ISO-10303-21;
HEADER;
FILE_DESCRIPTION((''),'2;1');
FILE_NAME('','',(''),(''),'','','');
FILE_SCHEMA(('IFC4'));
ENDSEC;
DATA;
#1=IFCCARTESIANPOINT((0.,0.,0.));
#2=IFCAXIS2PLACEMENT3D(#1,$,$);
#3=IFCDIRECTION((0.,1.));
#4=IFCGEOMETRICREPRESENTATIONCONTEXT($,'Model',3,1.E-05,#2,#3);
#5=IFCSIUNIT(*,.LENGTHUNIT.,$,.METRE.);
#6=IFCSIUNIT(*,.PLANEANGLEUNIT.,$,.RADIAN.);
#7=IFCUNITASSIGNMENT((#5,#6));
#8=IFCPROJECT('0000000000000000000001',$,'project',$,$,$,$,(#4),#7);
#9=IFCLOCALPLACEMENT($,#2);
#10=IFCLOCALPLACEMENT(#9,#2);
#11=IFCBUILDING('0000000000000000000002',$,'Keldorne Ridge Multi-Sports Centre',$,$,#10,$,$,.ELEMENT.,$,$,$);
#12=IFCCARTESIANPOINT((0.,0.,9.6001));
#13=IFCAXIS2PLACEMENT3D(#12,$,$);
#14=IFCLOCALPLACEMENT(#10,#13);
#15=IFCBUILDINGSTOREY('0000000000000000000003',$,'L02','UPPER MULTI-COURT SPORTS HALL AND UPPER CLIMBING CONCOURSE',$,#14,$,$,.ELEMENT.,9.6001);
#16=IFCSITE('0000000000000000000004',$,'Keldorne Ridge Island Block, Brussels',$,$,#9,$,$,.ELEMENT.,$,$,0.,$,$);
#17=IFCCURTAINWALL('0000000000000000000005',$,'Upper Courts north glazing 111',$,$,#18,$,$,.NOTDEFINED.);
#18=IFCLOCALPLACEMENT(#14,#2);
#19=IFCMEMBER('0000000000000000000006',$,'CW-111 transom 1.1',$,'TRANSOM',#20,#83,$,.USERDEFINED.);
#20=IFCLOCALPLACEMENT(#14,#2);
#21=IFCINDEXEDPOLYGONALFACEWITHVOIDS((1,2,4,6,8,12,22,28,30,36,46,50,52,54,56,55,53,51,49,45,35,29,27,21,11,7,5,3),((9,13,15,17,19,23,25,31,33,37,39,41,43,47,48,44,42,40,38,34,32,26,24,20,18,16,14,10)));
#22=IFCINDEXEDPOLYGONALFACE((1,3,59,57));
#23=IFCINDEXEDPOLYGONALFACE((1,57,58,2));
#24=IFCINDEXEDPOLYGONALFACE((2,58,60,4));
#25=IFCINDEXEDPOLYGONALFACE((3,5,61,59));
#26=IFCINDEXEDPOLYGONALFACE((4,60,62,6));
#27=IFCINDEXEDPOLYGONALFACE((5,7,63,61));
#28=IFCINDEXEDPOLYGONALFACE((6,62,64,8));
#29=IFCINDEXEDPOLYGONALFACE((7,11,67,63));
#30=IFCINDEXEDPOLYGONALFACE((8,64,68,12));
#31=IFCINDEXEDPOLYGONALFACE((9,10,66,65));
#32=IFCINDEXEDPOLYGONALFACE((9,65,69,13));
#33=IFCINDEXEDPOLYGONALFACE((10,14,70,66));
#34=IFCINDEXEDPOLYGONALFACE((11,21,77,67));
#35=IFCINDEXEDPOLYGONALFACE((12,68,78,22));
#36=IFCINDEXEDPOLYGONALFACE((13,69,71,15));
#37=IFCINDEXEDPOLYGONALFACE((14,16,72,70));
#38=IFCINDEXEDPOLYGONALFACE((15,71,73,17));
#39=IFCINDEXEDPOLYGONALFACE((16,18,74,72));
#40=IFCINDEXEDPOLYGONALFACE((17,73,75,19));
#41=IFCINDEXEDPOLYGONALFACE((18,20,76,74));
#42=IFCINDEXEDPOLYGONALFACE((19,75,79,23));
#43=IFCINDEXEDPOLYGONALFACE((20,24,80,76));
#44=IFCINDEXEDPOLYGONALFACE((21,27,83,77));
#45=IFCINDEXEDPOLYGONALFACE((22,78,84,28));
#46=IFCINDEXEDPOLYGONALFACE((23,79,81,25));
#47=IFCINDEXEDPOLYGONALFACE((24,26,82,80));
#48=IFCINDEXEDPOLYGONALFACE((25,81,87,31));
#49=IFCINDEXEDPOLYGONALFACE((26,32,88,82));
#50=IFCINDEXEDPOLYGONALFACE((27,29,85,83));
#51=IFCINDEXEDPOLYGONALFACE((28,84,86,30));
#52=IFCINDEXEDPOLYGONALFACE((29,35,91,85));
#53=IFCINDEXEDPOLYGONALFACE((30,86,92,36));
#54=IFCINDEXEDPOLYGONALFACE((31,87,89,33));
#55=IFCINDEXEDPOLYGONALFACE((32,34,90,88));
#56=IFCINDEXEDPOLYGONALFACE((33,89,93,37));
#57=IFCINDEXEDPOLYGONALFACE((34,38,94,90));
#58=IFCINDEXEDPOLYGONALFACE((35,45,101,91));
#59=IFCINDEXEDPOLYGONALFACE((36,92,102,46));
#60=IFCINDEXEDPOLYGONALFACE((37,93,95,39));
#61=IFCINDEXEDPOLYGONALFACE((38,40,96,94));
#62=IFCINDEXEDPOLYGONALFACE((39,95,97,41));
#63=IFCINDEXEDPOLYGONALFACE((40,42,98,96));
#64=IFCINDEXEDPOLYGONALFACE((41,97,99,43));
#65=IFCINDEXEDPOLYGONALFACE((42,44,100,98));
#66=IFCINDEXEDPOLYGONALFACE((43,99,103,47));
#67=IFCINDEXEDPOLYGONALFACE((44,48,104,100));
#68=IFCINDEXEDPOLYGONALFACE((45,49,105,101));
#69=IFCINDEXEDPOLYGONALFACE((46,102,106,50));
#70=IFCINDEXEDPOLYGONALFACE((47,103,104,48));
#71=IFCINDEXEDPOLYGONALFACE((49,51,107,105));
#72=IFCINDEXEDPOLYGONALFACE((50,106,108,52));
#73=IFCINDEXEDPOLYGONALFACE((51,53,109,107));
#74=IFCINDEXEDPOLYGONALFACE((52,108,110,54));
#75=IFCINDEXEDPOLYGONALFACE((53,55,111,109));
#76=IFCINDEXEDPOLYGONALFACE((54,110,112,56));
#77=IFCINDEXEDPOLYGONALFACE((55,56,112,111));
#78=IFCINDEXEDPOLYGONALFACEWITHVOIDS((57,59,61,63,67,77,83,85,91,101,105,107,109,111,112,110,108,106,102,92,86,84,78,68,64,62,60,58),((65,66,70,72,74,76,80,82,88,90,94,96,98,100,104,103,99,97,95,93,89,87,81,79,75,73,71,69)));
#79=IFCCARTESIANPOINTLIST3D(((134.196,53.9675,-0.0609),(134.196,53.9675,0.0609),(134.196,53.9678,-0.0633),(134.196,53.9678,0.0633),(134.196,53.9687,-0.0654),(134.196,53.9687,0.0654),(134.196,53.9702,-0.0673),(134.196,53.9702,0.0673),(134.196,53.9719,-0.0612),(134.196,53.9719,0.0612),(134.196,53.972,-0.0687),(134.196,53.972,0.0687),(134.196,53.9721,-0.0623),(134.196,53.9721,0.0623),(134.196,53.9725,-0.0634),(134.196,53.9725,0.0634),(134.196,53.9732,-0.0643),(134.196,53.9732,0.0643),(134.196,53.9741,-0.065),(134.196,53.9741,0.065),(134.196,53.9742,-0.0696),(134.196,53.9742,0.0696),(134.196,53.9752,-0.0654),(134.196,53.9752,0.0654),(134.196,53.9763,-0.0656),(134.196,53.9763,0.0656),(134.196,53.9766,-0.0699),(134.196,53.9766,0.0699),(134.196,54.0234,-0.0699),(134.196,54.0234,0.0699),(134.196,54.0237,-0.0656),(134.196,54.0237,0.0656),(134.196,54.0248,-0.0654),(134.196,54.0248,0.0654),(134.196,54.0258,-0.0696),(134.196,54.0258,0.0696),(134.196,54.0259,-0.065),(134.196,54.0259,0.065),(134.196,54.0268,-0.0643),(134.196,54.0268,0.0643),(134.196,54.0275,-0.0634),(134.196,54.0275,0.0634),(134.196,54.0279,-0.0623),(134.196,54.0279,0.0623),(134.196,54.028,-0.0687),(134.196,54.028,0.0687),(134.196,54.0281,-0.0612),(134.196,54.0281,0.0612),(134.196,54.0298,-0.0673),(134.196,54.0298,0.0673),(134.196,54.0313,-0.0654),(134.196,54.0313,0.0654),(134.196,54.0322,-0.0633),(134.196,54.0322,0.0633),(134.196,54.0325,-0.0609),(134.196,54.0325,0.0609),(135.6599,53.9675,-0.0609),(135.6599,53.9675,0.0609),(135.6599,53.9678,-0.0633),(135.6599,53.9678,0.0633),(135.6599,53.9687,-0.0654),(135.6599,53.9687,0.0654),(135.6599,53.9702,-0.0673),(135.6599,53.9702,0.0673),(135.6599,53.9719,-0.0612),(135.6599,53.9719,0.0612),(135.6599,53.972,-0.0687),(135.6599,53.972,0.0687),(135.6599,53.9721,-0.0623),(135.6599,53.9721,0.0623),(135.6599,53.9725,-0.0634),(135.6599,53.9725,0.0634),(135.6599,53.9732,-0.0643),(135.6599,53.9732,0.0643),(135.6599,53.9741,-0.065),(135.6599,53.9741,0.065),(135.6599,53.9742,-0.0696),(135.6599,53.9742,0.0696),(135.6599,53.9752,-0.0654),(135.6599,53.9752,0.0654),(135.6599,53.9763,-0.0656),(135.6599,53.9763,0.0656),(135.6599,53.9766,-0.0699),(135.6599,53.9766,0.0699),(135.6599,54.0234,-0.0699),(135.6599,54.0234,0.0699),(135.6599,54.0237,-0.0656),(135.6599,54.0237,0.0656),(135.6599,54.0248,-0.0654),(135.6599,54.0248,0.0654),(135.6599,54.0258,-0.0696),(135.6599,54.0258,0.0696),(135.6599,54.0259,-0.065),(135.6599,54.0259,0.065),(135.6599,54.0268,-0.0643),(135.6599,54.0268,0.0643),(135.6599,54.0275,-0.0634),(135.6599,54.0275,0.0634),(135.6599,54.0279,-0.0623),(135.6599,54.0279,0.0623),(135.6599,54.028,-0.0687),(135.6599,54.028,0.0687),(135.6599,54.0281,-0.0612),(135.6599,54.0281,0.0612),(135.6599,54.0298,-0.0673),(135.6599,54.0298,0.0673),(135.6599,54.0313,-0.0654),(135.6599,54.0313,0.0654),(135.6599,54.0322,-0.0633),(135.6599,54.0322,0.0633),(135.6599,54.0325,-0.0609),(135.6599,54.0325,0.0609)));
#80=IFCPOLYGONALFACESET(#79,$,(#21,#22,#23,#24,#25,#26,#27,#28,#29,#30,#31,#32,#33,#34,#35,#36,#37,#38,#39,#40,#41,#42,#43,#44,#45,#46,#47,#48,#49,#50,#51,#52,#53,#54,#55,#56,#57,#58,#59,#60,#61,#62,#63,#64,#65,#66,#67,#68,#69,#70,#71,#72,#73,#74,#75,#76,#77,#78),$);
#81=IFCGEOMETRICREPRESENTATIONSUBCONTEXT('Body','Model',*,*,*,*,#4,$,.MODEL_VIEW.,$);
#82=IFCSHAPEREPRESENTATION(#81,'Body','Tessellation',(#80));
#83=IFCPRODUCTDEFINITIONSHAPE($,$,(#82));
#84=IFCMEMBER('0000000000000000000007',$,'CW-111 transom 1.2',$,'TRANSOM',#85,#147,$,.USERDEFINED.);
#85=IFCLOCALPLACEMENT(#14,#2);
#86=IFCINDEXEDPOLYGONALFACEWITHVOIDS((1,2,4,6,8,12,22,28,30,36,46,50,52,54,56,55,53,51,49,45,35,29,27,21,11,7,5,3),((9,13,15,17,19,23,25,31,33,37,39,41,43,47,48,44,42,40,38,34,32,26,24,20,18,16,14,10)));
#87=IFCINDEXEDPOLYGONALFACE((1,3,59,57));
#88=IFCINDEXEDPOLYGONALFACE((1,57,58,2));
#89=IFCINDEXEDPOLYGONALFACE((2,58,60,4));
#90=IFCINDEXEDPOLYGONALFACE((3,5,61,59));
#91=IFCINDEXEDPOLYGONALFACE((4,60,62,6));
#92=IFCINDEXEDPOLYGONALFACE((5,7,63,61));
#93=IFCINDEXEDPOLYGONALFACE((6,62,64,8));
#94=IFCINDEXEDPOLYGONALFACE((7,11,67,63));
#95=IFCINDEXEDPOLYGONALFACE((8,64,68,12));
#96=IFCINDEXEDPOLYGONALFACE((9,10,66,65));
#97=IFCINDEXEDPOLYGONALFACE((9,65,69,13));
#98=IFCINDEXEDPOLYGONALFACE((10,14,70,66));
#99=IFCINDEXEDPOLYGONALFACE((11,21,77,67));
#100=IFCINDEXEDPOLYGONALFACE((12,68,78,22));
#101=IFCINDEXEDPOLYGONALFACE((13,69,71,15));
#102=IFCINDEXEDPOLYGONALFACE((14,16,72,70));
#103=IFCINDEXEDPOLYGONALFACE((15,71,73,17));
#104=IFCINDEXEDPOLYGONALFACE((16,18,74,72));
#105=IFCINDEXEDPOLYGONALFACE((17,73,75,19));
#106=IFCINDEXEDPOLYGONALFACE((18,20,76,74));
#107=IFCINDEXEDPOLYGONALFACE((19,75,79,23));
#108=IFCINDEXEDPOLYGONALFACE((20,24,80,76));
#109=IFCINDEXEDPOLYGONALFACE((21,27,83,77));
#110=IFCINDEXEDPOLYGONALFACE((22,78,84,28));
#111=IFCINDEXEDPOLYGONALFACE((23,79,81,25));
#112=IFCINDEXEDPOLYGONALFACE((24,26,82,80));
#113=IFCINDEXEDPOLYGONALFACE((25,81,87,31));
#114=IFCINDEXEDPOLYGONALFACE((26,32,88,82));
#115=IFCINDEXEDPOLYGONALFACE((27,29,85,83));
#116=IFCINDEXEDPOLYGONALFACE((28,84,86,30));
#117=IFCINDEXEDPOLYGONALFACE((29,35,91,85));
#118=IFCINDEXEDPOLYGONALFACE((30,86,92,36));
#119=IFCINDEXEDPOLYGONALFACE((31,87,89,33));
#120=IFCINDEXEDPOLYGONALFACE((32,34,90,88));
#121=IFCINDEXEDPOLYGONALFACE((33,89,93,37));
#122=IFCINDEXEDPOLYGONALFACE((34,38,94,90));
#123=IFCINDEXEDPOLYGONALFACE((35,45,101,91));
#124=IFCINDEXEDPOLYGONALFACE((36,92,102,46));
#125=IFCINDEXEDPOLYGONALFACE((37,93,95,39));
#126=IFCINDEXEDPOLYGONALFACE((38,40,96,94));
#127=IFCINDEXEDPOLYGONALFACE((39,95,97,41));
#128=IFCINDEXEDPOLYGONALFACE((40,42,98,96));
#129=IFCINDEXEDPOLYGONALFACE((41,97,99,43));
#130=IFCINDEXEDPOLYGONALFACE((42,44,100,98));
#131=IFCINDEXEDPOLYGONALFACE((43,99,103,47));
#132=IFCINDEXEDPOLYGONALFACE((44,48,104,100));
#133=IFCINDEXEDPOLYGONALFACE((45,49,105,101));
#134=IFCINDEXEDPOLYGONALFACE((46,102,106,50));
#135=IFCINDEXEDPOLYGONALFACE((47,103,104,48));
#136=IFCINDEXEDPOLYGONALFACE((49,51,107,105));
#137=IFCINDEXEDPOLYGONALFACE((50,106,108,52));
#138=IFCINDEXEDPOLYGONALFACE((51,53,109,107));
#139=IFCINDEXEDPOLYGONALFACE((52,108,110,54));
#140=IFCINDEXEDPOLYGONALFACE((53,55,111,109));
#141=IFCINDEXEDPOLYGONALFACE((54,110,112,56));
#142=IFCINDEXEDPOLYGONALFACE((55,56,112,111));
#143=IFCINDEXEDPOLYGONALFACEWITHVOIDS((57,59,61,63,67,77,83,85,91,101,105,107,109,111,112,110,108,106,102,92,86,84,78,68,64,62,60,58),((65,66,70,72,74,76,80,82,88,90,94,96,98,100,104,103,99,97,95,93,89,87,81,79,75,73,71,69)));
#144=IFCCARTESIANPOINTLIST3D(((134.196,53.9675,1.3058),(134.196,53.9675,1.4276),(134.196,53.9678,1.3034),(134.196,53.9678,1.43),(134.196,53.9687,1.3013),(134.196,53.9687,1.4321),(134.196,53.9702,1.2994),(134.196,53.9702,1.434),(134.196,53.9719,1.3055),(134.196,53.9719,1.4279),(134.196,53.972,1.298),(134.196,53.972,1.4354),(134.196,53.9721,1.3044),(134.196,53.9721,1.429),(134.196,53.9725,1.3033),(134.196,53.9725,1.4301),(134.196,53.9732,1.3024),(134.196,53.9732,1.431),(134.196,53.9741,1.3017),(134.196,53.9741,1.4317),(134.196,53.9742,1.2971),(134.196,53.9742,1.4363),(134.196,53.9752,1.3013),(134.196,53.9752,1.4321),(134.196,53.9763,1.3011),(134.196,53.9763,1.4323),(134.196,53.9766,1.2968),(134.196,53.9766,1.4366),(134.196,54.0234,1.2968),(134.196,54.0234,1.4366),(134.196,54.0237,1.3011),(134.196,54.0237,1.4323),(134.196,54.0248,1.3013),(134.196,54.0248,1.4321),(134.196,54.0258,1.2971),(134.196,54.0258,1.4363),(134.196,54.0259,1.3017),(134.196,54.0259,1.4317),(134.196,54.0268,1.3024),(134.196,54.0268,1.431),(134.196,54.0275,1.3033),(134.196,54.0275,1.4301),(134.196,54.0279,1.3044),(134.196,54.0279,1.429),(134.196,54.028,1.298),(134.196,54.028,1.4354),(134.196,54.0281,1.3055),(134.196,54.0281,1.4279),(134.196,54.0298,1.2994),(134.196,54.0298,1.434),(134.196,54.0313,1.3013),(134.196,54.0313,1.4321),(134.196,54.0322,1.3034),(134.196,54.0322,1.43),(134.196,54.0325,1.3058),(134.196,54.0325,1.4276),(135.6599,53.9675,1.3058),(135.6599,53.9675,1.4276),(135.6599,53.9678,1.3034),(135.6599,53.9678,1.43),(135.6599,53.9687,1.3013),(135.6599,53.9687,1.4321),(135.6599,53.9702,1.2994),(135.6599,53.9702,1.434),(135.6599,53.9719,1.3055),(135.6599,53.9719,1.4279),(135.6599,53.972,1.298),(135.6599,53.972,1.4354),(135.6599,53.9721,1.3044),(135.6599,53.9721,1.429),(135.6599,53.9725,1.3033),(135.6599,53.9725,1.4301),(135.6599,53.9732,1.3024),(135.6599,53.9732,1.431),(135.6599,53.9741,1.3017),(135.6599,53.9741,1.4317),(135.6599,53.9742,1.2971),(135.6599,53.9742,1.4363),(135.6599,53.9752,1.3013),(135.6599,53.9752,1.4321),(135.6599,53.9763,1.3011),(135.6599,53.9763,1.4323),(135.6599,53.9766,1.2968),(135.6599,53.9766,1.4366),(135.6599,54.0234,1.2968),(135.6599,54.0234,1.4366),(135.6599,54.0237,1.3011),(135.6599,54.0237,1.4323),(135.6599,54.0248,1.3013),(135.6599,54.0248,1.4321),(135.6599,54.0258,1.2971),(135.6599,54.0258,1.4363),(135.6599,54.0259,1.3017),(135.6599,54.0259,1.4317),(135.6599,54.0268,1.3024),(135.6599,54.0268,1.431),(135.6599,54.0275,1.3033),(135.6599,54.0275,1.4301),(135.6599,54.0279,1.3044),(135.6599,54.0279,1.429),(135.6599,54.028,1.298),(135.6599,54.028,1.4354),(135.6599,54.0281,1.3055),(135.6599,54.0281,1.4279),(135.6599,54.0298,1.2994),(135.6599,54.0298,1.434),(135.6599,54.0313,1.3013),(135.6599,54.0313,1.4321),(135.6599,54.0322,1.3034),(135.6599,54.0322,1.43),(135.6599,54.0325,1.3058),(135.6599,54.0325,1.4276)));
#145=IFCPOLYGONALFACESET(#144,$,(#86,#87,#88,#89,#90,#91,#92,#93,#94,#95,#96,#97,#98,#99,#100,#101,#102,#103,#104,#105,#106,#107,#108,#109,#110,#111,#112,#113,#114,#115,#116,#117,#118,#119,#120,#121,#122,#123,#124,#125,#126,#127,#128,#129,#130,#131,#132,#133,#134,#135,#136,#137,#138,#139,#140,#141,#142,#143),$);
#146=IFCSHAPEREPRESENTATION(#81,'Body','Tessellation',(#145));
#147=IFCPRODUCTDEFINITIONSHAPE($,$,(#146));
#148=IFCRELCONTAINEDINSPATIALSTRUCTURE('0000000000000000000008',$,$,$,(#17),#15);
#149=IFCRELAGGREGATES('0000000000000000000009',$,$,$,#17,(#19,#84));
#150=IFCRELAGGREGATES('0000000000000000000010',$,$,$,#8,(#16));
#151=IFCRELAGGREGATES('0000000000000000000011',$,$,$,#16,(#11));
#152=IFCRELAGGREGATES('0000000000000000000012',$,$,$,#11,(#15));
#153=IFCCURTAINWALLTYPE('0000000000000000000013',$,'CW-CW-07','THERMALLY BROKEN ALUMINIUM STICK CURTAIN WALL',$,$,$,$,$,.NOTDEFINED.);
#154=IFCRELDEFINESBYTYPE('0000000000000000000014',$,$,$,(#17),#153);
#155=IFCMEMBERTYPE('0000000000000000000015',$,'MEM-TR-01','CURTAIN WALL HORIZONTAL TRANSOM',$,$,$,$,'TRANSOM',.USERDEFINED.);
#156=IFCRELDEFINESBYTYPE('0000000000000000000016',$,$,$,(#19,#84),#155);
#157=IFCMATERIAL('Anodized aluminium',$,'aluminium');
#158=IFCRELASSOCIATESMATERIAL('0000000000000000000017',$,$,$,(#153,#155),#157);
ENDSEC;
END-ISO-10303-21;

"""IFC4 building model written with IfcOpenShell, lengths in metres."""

from ifc_helpers import new_model, si_unit, direction, frame, origin, origin_2d, place, context, subcontext, project, spatial, hollow_rectangle, extrude, material, material_profile, profile_set, type_object, element, aggregate, save


model = new_model("IFC4")

# Units and contexts
model_context = context("Model", 3, precision=1e-05, world=origin(), true_north=direction((0.0, 1.0)))
body_context = subcontext(model_context, "Body", "Model", "MODEL_VIEW")
ifc_project = project(units=[si_unit("LENGTHUNIT", "METRE"), si_unit("PLANEANGLEUNIT", "RADIAN")], contexts=[model_context])

# Site, building, storey
site_placement = place(None, origin())
site = spatial("IfcSite", under=ifc_project, at=site_placement, Name="Keldorne Ridge Island Block, Brussels", CompositionType="ELEMENT", RefElevation=0.0)
building_placement = place(site_placement, origin())
building = spatial("IfcBuilding", under=site, at=building_placement, Name="Keldorne Ridge Multi-Sports Centre", CompositionType="ELEMENT")
storey_placement = place(building_placement, frame((0.0, 0.0, 9.6001)))
storey = spatial("IfcBuildingStorey", under=building, at=storey_placement, Name="L02", Description="UPPER MULTI-COURT SPORTS HALL AND UPPER CLIMBING CONCOURSE", CompositionType="ELEMENT", Elevation=9.6001)

# Curtain wall, members
ifc_material_1 = material(Name="Anodized aluminium", Category="aluminium")
curtain_wall_type_1 = type_object("IfcCurtainWallType", Name="CW-CW-07", Description="THERMALLY BROKEN ALUMINIUM STICK CURTAIN WALL", PredefinedType="NOTDEFINED", material=ifc_material_1)
curtain_wall_1_placement = place(storey_placement, origin())
curtain_wall_1 = element("IfcCurtainWall", 1, at=curtain_wall_1_placement, inside=storey, type_object=curtain_wall_type_1, Name="Upper Courts north glazing 111", PredefinedType="NOTDEFINED")
ifc_material_profile_1 = material_profile(ifc_material_1, hollow_rectangle(XDim=0.0649, YDim=0.1399, WallThickness=0.0044, InnerFilletRadius=0.0044, OuterFilletRadius=0.009, at=origin_2d()), Name="ALU TRANSOM 140x65x4.5")
ifc_profile_set_1 = profile_set([ifc_material_profile_1], Name="Anodized aluminium")
member_type_1 = type_object("IfcMemberType", Name="MEM-TR-01", Description="CURTAIN WALL HORIZONTAL TRANSOM", ElementType="TRANSOM", PredefinedType="USERDEFINED", material=ifc_profile_set_1)
member_1_placement = place(storey_placement, frame((135.6599, 54.0, 0.0), z_axis=(-1.0, 0.0, 0.0), x_axis=(0.0, -1.0, 0.0)))
member_1 = element("IfcMember", 2, at=member_1_placement, type_object=member_type_1, Name="CW-111 transom 1.1", ObjectType="TRANSOM", PredefinedType="USERDEFINED", context=body_context, shape_type="SweptSolid", body=[
    extrude(hollow_rectangle(XDim=0.0649, YDim=0.1399, WallThickness=0.0044, InnerFilletRadius=0.0044, OuterFilletRadius=0.009, at=origin_2d()), origin(), (0.0, 0.0, 1.0), 1.4639),
])
member_2_placement = place(storey_placement, frame((135.6599, 54.0, 1.3667), z_axis=(-1.0, 0.0, 0.0), x_axis=(0.0, -1.0, 0.0)))
member_2 = element("IfcMember", 3, at=member_2_placement, type_object=member_type_1, Name="CW-111 transom 1.2", ObjectType="TRANSOM", PredefinedType="USERDEFINED", context=body_context, shape_type="SweptSolid", body=[
    extrude(hollow_rectangle(XDim=0.0649, YDim=0.1399, WallThickness=0.0044, InnerFilletRadius=0.0044, OuterFilletRadius=0.009, at=origin_2d()), origin(), (0.0, 0.0, 1.0), 1.4639),
])
aggregate(curtain_wall_1, [member_1, member_2])

save(model, "model.ifc")
